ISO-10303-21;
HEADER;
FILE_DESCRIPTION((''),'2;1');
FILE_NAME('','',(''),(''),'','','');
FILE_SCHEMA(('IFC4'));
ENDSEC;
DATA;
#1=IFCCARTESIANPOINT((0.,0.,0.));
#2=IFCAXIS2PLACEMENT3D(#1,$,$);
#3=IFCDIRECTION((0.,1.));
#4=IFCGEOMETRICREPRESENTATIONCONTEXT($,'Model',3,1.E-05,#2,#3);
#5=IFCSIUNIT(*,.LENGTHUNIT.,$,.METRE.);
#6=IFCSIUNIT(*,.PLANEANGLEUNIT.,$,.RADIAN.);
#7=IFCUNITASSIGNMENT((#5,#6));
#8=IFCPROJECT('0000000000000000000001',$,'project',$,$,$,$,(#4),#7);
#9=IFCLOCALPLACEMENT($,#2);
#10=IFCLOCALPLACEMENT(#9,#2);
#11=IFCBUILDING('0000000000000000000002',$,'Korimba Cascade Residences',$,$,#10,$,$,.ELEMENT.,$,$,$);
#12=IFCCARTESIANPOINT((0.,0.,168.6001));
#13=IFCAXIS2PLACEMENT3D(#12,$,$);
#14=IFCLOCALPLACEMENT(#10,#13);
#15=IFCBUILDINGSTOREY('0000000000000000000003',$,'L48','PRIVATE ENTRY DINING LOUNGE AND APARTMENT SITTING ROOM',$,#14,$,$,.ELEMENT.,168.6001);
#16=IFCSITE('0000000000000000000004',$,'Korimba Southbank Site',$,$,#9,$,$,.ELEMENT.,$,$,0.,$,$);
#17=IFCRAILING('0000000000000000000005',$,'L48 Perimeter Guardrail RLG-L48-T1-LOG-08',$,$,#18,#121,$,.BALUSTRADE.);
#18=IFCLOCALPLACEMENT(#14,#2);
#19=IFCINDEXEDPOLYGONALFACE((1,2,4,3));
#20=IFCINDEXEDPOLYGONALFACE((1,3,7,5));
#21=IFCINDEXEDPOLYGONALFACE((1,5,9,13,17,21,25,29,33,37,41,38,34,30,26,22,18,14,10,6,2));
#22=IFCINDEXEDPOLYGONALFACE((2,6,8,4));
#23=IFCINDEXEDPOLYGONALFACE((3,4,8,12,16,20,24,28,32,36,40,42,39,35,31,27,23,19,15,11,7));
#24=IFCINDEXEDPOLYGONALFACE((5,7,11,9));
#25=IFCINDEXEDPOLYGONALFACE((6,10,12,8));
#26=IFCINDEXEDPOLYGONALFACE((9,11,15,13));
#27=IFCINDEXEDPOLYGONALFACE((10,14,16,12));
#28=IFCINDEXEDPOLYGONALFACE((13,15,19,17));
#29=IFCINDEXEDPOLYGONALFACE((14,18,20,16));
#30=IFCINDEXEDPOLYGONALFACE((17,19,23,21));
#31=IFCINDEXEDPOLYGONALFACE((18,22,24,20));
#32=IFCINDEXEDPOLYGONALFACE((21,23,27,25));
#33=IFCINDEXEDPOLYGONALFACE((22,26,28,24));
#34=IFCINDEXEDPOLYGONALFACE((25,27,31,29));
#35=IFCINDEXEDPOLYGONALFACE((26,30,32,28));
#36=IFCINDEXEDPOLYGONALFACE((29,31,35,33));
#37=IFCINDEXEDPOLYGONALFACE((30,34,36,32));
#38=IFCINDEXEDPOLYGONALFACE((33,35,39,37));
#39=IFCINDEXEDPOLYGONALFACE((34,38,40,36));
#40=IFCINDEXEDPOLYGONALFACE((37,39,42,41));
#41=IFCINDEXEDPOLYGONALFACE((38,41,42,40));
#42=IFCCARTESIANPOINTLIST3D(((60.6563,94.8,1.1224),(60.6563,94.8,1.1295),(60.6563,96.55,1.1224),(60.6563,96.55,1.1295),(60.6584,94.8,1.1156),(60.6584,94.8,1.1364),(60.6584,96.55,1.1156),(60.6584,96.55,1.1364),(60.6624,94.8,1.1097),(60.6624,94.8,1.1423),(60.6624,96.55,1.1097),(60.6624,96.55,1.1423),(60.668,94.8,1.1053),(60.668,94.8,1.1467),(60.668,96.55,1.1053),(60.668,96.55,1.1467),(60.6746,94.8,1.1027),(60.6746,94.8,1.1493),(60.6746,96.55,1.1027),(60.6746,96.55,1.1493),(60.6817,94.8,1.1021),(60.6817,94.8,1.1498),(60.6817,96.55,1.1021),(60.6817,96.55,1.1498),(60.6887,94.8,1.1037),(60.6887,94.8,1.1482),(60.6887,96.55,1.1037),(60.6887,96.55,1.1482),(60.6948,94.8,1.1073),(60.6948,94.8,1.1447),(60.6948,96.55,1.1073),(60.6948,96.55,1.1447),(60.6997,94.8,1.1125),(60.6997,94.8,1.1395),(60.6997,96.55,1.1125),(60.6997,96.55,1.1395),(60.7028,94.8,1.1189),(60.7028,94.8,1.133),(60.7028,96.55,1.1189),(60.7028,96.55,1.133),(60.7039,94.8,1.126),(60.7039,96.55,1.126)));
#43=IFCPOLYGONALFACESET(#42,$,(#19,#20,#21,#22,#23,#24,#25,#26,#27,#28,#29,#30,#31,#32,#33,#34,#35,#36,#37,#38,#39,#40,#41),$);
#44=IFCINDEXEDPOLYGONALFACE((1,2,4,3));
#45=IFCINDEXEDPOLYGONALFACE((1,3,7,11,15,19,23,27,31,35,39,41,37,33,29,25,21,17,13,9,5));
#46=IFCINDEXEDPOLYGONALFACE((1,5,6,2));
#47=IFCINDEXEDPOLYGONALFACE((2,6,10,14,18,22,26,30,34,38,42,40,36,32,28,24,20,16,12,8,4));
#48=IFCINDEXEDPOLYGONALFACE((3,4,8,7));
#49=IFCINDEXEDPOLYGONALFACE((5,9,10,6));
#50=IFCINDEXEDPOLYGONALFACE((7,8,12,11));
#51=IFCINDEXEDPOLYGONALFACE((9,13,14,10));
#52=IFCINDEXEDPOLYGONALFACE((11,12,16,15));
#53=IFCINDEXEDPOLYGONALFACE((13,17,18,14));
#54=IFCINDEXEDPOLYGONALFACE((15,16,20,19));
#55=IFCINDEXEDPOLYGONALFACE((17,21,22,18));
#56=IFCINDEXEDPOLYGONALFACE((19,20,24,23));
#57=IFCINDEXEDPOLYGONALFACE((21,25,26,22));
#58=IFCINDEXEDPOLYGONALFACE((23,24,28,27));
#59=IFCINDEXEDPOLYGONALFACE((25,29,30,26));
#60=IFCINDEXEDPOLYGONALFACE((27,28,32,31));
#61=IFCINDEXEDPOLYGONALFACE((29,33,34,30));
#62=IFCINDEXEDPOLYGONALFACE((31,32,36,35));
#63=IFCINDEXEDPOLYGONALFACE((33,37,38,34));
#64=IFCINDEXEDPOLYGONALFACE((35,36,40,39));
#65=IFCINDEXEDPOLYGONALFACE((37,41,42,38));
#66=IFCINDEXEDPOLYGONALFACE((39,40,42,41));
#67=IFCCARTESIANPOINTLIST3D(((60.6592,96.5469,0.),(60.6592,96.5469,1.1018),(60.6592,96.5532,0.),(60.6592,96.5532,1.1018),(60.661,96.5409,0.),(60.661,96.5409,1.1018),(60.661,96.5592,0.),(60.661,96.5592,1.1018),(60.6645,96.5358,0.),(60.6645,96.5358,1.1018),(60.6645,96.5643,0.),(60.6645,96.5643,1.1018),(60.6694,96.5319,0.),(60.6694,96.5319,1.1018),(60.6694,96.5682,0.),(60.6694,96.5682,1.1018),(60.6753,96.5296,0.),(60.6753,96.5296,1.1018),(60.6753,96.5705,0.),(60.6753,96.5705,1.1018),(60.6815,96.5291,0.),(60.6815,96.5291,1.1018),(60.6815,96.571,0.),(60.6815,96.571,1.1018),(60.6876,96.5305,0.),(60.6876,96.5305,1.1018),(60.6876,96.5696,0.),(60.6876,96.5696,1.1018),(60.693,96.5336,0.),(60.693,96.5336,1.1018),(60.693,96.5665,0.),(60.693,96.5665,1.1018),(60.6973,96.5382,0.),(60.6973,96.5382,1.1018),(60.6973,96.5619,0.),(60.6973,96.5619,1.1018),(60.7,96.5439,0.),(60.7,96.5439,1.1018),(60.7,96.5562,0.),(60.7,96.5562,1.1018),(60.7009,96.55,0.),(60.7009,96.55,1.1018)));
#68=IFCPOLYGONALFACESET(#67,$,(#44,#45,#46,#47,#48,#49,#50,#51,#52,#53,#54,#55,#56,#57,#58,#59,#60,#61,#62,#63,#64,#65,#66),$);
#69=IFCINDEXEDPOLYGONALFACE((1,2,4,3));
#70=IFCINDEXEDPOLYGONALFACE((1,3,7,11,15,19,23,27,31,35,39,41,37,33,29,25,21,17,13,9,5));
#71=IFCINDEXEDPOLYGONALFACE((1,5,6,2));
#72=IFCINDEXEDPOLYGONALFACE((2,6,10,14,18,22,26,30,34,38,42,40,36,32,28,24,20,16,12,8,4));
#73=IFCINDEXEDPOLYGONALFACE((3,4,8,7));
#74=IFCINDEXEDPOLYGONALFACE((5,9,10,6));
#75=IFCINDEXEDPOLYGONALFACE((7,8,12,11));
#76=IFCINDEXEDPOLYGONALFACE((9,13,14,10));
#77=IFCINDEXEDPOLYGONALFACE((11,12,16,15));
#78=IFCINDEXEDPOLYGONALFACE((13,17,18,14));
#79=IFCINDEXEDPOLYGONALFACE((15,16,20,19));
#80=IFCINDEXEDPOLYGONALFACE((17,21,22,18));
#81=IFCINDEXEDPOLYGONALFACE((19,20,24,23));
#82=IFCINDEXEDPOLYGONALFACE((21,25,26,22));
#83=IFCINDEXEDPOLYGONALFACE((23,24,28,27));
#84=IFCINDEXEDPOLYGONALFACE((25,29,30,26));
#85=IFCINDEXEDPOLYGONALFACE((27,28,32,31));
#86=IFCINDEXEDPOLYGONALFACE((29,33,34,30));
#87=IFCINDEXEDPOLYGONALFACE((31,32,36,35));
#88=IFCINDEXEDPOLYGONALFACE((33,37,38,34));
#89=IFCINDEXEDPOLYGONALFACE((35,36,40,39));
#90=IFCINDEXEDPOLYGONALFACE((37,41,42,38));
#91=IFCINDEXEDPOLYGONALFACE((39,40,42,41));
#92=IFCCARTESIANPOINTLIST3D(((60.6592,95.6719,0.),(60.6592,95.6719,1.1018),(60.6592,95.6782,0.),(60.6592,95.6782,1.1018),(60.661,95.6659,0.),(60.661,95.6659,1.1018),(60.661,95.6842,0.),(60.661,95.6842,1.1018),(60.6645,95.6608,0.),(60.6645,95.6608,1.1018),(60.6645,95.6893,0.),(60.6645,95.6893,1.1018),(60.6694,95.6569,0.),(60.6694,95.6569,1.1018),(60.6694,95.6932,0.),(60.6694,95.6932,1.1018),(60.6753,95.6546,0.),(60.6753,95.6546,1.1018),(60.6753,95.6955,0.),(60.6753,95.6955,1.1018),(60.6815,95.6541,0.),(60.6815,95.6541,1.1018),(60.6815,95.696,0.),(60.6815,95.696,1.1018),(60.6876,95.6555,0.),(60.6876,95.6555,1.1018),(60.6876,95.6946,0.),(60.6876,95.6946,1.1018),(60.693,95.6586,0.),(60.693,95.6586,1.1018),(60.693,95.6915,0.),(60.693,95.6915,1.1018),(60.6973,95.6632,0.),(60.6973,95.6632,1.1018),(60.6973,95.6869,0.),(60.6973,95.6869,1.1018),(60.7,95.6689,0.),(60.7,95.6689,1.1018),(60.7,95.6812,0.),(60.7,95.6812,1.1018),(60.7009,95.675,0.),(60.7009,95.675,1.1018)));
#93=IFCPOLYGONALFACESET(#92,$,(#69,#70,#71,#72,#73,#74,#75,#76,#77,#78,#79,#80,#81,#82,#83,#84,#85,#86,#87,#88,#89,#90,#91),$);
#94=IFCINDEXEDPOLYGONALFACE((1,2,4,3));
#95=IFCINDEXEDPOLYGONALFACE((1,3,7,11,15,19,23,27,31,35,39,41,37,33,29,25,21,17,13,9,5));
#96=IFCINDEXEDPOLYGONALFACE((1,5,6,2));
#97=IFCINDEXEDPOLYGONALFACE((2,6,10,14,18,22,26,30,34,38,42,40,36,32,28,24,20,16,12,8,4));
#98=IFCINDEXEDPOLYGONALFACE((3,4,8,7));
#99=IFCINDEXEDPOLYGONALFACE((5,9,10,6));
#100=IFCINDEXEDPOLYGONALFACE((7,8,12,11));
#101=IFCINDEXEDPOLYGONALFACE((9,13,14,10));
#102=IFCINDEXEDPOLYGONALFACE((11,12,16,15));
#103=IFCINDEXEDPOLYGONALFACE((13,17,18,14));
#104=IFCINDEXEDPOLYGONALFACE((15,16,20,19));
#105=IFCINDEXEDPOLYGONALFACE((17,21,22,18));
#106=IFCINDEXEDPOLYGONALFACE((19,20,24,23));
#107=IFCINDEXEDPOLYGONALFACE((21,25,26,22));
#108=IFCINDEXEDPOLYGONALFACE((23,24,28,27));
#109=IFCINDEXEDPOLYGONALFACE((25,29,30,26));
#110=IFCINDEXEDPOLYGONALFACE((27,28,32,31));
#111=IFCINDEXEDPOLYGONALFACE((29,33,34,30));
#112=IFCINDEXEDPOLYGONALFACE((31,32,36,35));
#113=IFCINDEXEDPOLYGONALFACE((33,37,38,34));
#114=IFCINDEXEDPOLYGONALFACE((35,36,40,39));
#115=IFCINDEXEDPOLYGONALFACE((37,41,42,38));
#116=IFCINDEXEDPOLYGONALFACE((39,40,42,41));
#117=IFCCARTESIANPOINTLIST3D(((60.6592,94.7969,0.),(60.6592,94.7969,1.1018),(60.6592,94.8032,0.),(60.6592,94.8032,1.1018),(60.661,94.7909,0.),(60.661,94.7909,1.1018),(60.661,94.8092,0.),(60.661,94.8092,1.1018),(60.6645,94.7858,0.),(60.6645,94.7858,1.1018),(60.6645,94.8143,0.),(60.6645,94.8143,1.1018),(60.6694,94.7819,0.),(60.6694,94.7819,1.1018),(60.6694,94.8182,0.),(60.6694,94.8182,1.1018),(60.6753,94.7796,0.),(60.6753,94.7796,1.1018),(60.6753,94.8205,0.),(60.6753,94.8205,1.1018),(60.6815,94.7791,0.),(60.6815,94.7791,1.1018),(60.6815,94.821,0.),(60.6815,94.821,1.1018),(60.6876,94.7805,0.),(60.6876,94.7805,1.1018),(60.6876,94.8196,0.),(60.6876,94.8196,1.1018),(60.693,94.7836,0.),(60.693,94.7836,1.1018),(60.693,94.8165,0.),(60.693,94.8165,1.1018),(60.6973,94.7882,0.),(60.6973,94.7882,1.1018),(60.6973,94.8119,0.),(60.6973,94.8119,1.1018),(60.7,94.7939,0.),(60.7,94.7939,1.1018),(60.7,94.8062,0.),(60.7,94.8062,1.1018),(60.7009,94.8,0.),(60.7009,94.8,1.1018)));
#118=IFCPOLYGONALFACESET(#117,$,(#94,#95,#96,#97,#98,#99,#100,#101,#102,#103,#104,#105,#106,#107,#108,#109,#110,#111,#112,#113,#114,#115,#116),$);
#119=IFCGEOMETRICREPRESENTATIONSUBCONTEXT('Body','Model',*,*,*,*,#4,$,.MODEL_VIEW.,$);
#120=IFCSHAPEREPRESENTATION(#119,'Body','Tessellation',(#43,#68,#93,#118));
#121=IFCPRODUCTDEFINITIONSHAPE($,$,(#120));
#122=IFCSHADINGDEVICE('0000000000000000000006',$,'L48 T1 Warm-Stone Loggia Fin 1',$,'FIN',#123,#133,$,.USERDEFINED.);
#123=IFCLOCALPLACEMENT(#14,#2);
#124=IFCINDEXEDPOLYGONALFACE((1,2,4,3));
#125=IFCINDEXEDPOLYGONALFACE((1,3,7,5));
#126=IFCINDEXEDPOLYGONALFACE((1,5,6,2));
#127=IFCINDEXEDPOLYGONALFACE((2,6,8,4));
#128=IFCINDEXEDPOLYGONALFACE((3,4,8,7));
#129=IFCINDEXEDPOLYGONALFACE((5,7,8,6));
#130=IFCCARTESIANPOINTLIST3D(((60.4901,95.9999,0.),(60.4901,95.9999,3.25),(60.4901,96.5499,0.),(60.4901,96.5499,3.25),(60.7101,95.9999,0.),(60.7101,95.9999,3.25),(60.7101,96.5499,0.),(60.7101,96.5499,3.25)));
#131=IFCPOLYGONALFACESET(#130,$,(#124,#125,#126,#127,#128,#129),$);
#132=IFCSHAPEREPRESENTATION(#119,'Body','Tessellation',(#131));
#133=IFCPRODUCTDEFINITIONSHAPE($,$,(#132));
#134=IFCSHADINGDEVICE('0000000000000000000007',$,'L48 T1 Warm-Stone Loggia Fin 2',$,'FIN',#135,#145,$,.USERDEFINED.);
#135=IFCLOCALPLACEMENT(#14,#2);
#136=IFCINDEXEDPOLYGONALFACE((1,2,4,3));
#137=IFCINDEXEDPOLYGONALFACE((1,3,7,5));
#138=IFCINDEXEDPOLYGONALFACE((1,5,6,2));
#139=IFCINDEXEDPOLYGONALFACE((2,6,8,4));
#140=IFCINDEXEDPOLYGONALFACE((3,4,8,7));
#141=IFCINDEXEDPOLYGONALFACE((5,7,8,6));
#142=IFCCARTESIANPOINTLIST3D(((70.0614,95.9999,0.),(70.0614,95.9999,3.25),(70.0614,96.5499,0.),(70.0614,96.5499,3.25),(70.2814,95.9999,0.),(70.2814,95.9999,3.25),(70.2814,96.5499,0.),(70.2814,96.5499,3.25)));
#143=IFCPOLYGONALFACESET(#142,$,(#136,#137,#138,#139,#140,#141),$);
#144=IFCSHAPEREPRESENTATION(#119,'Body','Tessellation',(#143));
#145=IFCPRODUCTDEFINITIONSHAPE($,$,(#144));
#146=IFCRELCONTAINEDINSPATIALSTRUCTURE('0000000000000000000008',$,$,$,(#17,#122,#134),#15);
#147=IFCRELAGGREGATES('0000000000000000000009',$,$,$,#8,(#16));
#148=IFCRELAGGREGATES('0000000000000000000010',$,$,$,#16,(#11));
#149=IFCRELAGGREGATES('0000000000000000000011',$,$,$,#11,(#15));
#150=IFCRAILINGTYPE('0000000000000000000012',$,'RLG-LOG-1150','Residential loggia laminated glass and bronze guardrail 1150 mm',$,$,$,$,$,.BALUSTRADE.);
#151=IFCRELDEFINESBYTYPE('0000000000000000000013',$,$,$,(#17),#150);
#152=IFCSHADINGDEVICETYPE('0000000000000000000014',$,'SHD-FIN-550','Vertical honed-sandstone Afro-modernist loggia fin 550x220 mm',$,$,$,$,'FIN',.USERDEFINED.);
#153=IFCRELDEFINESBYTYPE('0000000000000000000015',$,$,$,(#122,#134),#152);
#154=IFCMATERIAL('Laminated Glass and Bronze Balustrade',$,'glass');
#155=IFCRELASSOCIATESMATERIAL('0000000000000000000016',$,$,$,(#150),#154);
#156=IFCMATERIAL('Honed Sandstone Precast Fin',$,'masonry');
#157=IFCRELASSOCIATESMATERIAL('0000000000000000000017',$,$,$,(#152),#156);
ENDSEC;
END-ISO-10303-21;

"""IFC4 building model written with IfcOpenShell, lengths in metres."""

from ifc_helpers import new_model, si_unit, direction, frame, origin, origin_2d, place, context, subcontext, project, spatial, rectangle, circle, extrude, material, type_object, element, save


model = new_model("IFC4")

# Units and contexts
model_context = context("Model", 3, precision=1e-05, world=origin(), true_north=direction((0.0, 1.0)))
body_context = subcontext(model_context, "Body", "Model", "MODEL_VIEW")
ifc_project = project(units=[si_unit("LENGTHUNIT", "METRE"), si_unit("PLANEANGLEUNIT", "RADIAN")], contexts=[model_context])

# Site, building, storey
site_placement = place(None, origin())
site = spatial("IfcSite", under=ifc_project, at=site_placement, Name="Korimba Southbank Site", CompositionType="ELEMENT", RefElevation=0.0)
building_placement = place(site_placement, origin())
building = spatial("IfcBuilding", under=site, at=building_placement, Name="Korimba Cascade Residences", CompositionType="ELEMENT")
storey_placement = place(building_placement, frame((0.0, 0.0, 168.6001)))
storey = spatial("IfcBuildingStorey", under=building, at=storey_placement, Name="L48", Description="PRIVATE ENTRY DINING LOUNGE AND APARTMENT SITTING ROOM", CompositionType="ELEMENT", Elevation=168.6001)

# Railing
ifc_material_1 = material(Name="Laminated Glass and Bronze Balustrade", Category="glass")
railing_type = type_object("IfcRailingType", Name="RLG-LOG-1150", Description="Residential loggia laminated glass and bronze guardrail 1150 mm", PredefinedType="BALUSTRADE", material=ifc_material_1)
railing_1_placement = place(storey_placement, frame((60.6799, 96.55, 0.0)))
element("IfcRailing", 1, at=railing_1_placement, inside=storey, type_object=railing_type, Name="L48 Perimeter Guardrail RLG-L48-T1-LOG-08", PredefinedType="BALUSTRADE", context=body_context, shape_type="SweptSolid", body=[
    extrude(circle(Radius=0.0239, at=origin_2d()), frame((0.0, 0.0, 1.126), z_axis=(0.0, -1.0, 0.0), x_axis=(1.0, 0.0, 0.0)), (0.0, 0.0, 1.0), 1.75),
    extrude(circle(Radius=0.021, at=origin_2d()), origin(), (0.0, 0.0, 1.0), 1.1018),
    extrude(circle(Radius=0.021, at=origin_2d()), frame((0.0, -0.875, 0.0)), (0.0, 0.0, 1.0), 1.1018),
    extrude(circle(Radius=0.021, at=origin_2d()), frame((0.0, -1.75, 0.0)), (0.0, 0.0, 1.0), 1.1018),
])

# Shading devices
ifc_material_2 = material(Name="Honed Sandstone Precast Fin", Category="masonry")
shading_device_type = type_object("IfcShadingDeviceType", Name="SHD-FIN-550", Description="Vertical honed-sandstone Afro-modernist loggia fin 550x220 mm", ElementType="FIN", PredefinedType="USERDEFINED", material=ifc_material_2)
for number, where, z_axis, x_axis, name in (
    (2, (60.6001, 96.2749, 0.0), (0.0, 0.0, 1.0), (1.0, 0.0, 0.0), "L48 T1 Warm-Stone Loggia Fin 1"),
    (3, (70.1714, 96.2749, 0.0), (0.0, 0.0, 1.0), (1.0, 0.0, 0.0), "L48 T1 Warm-Stone Loggia Fin 2"),
):
    element("IfcShadingDevice", number, at=place(storey_placement, frame(where, z_axis=z_axis, x_axis=x_axis)), inside=storey, type_object=shading_device_type, Name=name, ObjectType="FIN", PredefinedType="USERDEFINED", context=body_context, shape_type="SweptSolid", body=[
        extrude(rectangle(XDim=0.22, YDim=0.55, at=origin_2d()), origin(), (0.0, 0.0, 1.0), 3.25),
    ])

save(model, "model.ifc")
